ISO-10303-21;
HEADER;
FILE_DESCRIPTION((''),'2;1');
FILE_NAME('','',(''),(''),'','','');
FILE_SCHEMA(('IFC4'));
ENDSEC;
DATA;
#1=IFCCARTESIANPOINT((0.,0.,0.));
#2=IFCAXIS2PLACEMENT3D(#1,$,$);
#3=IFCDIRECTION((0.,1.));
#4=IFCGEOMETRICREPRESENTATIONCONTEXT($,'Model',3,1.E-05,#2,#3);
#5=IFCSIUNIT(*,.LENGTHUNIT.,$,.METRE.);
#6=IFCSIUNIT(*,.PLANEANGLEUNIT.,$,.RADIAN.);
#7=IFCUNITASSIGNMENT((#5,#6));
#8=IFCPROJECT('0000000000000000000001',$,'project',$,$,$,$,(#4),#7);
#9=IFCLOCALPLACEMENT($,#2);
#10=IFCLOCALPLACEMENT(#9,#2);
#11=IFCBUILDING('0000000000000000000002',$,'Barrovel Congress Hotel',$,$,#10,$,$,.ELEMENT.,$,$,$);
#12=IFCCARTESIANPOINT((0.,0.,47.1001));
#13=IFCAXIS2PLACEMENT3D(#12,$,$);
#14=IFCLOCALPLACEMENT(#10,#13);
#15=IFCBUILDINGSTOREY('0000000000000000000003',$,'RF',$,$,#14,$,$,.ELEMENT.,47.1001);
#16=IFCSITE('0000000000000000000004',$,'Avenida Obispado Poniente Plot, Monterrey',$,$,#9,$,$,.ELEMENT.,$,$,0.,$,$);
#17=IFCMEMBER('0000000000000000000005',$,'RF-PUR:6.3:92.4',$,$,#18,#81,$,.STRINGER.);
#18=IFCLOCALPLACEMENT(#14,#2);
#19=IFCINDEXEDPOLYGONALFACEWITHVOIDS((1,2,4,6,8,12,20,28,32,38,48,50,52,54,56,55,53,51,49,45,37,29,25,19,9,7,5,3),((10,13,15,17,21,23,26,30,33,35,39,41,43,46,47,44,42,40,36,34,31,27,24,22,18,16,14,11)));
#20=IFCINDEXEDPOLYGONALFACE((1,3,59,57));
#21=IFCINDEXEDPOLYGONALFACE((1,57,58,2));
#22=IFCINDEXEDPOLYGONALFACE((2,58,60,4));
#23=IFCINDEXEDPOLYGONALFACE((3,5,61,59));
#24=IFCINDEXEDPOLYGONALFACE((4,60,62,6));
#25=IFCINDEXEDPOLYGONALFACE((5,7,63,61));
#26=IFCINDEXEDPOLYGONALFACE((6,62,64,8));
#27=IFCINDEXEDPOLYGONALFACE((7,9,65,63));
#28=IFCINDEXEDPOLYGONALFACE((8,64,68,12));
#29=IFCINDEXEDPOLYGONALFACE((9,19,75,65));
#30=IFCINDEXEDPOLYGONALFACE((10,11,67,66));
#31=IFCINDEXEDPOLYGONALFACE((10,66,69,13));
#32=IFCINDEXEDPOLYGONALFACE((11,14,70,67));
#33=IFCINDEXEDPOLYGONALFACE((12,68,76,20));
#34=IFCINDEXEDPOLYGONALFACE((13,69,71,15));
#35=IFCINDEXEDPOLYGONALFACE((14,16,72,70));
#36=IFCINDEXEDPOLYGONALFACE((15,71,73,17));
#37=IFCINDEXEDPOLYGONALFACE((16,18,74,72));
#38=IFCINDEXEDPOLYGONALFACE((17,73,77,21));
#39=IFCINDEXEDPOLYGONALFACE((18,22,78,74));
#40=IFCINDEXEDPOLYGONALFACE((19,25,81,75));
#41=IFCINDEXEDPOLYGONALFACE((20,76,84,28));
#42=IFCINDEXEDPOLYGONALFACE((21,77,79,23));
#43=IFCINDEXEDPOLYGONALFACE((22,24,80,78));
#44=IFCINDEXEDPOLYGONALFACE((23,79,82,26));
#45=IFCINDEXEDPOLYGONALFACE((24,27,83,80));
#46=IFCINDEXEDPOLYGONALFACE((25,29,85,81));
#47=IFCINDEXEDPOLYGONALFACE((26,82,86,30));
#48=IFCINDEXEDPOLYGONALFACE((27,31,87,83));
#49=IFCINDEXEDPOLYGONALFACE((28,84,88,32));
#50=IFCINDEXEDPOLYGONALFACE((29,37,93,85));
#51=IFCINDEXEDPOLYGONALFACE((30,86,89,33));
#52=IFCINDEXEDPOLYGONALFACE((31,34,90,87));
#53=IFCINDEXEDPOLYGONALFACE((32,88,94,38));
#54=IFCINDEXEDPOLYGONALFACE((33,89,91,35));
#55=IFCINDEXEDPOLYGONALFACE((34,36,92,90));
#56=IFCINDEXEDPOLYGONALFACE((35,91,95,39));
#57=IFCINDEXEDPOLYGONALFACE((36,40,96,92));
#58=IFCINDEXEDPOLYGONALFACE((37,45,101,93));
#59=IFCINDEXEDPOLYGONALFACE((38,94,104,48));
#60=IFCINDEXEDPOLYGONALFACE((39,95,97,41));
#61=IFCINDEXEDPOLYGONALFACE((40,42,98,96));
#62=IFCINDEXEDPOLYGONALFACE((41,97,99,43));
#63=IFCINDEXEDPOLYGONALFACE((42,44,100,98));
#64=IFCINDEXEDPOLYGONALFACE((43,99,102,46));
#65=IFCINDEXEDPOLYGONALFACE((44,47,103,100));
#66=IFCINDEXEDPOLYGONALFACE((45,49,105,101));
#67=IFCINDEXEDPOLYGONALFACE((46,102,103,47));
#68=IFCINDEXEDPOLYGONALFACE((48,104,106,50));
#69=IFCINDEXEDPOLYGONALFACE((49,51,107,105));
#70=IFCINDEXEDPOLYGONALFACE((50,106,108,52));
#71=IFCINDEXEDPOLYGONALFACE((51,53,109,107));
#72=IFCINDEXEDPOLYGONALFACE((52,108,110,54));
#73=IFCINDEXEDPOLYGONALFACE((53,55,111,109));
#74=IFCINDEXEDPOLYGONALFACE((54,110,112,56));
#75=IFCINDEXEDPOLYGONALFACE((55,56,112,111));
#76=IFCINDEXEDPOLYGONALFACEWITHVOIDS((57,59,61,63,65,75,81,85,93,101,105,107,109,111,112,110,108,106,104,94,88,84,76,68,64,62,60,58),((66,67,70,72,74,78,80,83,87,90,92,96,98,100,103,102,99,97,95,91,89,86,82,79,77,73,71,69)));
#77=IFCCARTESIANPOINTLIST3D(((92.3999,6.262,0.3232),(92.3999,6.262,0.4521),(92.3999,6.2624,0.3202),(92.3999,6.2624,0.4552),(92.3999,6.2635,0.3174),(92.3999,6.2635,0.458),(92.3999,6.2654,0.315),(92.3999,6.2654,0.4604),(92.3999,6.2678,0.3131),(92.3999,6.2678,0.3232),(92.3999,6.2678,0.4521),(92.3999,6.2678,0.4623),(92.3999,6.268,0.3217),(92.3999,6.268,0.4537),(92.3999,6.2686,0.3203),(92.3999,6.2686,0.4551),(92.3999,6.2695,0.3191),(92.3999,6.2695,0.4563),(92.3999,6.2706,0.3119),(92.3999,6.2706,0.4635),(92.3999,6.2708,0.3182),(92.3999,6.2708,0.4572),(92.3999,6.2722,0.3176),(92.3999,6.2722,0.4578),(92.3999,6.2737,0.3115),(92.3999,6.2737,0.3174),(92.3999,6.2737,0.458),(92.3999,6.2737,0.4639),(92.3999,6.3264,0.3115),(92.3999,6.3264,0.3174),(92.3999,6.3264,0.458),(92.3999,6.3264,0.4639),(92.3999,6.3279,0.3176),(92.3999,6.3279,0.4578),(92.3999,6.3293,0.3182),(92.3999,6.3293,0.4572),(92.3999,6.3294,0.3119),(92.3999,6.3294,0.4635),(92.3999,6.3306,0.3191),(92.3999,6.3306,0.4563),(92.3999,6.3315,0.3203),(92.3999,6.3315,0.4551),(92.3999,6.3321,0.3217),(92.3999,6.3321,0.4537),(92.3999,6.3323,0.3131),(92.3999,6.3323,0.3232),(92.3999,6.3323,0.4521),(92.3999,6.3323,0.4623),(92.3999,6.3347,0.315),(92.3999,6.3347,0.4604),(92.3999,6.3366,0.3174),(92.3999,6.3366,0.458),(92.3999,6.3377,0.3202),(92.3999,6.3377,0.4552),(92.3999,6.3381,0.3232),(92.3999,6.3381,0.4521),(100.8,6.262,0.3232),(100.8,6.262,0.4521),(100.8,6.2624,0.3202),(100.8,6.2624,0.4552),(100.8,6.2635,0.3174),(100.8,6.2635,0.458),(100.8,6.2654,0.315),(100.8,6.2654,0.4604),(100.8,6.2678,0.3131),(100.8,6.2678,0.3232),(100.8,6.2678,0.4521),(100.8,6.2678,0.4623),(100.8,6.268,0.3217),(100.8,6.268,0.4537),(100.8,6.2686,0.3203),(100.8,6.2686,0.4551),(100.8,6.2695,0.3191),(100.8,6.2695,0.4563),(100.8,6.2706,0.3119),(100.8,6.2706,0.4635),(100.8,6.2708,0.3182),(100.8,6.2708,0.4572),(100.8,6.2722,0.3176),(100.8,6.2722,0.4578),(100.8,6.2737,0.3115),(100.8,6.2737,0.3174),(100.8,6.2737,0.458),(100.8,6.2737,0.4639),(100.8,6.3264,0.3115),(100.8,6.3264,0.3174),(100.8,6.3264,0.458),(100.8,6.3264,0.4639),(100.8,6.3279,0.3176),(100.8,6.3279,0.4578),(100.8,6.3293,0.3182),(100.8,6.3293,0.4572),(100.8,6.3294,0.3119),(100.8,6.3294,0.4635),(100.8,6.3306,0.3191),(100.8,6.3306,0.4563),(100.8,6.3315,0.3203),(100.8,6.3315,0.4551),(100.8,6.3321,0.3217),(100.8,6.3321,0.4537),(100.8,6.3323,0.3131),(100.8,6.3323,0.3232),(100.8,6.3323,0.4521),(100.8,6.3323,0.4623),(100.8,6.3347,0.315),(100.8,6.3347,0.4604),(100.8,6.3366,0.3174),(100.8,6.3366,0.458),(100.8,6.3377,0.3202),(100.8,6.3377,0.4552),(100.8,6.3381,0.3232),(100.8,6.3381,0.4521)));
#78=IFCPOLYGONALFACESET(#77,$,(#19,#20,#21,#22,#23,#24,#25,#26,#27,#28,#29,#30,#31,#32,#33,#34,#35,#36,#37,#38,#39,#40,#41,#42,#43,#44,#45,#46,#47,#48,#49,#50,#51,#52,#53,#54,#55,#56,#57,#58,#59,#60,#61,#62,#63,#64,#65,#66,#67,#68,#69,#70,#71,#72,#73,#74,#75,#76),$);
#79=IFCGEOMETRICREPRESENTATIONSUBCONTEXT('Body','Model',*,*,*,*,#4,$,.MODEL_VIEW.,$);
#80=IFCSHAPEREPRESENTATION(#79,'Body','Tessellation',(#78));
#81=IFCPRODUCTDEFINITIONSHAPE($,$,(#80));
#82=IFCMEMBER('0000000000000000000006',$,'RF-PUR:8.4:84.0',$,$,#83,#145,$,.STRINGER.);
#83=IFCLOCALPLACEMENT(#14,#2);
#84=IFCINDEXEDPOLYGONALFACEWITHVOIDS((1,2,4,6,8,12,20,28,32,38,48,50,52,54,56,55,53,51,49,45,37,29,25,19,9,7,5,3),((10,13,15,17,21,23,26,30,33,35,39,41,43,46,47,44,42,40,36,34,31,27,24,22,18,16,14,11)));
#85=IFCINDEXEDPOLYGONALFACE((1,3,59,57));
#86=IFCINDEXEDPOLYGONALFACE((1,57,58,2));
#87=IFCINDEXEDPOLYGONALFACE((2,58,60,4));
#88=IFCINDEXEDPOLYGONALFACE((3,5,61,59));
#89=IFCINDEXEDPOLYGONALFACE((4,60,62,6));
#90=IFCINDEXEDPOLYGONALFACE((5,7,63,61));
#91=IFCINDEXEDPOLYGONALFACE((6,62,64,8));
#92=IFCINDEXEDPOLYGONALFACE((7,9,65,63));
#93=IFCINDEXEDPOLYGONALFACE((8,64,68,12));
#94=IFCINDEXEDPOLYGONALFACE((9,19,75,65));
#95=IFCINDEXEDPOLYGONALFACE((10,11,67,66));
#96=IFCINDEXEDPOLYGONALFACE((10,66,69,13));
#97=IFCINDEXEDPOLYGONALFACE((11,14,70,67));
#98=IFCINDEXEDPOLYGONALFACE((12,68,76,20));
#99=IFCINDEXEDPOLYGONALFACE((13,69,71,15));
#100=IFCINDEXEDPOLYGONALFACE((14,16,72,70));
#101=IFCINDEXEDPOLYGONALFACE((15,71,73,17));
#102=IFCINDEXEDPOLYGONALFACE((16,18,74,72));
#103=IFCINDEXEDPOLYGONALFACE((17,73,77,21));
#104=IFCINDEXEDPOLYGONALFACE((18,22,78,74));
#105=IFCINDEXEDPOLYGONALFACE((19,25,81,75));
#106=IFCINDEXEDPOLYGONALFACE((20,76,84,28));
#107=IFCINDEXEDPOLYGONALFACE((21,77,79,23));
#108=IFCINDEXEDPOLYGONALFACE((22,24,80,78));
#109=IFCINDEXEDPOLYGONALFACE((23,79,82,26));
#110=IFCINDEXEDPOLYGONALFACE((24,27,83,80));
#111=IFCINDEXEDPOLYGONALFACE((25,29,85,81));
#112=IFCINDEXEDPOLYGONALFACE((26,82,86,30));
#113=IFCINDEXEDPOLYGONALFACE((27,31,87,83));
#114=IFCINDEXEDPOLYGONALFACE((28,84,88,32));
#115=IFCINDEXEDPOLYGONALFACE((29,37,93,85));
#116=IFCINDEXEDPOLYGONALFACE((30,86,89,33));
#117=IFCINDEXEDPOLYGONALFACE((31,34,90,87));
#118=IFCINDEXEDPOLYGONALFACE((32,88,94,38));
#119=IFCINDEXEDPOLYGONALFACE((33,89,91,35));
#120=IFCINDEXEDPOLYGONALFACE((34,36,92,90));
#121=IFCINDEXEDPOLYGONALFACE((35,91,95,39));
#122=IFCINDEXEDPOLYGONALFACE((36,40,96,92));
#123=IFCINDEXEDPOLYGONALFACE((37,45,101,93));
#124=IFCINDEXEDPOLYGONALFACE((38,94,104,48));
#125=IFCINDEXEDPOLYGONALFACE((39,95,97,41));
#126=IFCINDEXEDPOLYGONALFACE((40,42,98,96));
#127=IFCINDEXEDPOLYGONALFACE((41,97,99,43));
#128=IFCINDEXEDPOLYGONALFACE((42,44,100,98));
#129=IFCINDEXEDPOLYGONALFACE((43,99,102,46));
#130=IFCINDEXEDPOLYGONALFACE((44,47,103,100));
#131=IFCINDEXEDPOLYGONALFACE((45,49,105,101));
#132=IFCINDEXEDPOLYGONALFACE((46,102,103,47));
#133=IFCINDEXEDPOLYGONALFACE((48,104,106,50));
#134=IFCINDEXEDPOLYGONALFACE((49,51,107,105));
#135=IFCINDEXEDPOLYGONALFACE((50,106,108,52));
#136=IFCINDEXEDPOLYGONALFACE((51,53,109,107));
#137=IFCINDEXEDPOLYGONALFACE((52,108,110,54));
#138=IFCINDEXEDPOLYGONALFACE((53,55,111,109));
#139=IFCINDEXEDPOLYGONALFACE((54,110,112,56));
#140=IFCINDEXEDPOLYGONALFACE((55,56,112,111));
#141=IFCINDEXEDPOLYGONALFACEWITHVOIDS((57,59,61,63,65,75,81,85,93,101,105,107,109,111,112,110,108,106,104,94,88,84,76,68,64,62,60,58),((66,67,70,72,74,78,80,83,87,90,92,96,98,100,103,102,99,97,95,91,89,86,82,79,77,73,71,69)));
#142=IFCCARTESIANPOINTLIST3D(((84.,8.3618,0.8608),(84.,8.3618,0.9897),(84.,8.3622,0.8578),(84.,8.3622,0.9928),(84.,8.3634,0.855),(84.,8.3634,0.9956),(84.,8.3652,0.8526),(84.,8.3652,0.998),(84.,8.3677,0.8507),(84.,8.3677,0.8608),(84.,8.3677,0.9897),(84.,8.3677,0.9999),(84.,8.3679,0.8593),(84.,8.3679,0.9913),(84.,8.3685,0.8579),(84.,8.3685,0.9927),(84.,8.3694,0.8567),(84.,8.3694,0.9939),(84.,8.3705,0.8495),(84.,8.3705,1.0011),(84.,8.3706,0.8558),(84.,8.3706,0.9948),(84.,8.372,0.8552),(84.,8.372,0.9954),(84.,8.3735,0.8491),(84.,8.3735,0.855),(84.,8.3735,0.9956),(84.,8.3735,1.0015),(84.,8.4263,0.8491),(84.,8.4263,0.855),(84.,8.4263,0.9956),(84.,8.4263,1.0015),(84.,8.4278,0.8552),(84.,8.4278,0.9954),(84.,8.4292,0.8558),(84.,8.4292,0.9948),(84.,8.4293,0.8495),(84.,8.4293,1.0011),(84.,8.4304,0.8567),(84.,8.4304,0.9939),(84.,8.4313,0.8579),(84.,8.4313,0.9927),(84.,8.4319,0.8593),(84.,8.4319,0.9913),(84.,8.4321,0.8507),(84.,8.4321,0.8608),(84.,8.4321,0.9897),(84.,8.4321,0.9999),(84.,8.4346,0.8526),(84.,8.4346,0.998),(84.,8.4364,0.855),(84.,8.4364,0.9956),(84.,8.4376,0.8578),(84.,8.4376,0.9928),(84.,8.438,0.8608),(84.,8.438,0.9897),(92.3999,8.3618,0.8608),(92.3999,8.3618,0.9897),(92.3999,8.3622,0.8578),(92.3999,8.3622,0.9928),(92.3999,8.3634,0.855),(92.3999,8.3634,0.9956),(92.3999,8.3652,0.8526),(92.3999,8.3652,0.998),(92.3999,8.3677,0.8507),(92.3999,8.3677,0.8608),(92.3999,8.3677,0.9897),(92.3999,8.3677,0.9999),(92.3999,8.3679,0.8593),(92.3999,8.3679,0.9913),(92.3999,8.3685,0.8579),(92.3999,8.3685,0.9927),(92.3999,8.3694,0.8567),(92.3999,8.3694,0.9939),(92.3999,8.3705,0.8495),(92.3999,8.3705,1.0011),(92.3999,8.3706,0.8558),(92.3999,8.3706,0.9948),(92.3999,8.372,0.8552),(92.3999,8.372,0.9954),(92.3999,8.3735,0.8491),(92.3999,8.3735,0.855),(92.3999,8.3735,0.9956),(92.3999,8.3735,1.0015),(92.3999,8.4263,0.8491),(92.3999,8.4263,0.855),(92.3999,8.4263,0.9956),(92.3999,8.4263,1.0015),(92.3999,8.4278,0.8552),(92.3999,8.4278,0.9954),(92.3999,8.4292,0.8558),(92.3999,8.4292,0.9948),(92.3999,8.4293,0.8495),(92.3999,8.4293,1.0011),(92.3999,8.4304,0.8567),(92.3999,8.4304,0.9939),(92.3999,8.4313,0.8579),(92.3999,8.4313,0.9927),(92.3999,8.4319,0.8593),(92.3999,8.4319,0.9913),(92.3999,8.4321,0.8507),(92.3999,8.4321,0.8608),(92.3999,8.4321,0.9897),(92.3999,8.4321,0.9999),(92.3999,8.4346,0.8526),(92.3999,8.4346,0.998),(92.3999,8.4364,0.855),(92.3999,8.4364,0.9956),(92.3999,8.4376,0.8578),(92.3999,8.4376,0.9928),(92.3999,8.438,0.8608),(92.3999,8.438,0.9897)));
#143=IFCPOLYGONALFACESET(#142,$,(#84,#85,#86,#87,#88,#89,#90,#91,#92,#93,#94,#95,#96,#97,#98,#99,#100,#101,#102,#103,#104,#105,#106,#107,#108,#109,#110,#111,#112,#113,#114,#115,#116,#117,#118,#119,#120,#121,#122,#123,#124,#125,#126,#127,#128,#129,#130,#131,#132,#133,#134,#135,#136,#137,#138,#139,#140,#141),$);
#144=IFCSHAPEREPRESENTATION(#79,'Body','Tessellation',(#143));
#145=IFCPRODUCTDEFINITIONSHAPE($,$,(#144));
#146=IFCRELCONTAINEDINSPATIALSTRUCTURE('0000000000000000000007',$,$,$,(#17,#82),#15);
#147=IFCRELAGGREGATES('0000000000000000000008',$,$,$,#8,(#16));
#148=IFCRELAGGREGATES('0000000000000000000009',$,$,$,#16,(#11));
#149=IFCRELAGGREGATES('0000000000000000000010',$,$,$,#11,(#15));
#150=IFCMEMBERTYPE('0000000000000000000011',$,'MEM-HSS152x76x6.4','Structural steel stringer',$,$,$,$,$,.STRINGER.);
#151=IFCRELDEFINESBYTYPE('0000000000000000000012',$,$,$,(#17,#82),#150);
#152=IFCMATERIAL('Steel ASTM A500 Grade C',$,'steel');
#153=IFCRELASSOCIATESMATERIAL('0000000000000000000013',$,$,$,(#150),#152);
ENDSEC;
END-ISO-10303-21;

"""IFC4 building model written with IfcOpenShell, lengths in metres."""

from ifc_helpers import new_model, si_unit, direction, frame, origin, origin_2d, place, context, subcontext, project, spatial, hollow_rectangle, extrude, material, material_profile, profile_set, type_object, element, save


model = new_model("IFC4")

# Units and contexts
model_context = context("Model", 3, precision=1e-05, world=origin(), true_north=direction((0.0, 1.0)))
body_context = subcontext(model_context, "Body", "Model", "MODEL_VIEW")
ifc_project = project(units=[si_unit("LENGTHUNIT", "METRE"), si_unit("PLANEANGLEUNIT", "RADIAN")], contexts=[model_context])

# Site, building, storey
site_placement = place(None, origin())
site = spatial("IfcSite", under=ifc_project, at=site_placement, Name="Avenida Obispado Poniente Plot, Monterrey", CompositionType="ELEMENT", RefElevation=0.0)
building_placement = place(site_placement, origin())
building = spatial("IfcBuilding", under=site, at=building_placement, Name="Barrovel Congress Hotel", CompositionType="ELEMENT")
storey_placement = place(building_placement, frame((0.0, 0.0, 47.1001)))
storey = spatial("IfcBuildingStorey", under=building, at=storey_placement, Name="RF", CompositionType="ELEMENT", Elevation=47.1001)

# Members
ifc_material_1 = material(Name="Steel ASTM A500 Grade C", Category="steel")
ifc_material_profile_1 = material_profile(ifc_material_1, hollow_rectangle(XDim=0.0762, YDim=0.1523, WallThickness=0.0059, InnerFilletRadius=0.0059, OuterFilletRadius=0.0117, at=origin_2d()), Name="HSS152x76x6.4")
ifc_profile_set_1 = profile_set([ifc_material_profile_1], Name="Steel ASTM A500 Grade C")
member_type_1 = type_object("IfcMemberType", Name="MEM-HSS152x76x6.4", Description="Structural steel stringer", PredefinedType="STRINGER", material=ifc_profile_set_1)
member_1_placement = place(storey_placement, frame((92.3999, 6.3, 0.3877), z_axis=(1.0, 0.0, 0.0), x_axis=(0.0, 1.0, 0.0)))
element("IfcMember", 1, at=member_1_placement, inside=storey, type_object=member_type_1, Name="RF-PUR:6.3:92.4", PredefinedType="STRINGER", context=body_context, shape_type="SweptSolid", body=[
    extrude(hollow_rectangle(XDim=0.0762, YDim=0.1523, WallThickness=0.0059, InnerFilletRadius=0.0059, OuterFilletRadius=0.0117, at=origin_2d()), origin(), (0.0, 0.0, 1.0), 8.4001),
])
member_2_placement = place(storey_placement, frame((84.0, 8.3999, 0.9253), z_axis=(1.0, 0.0, 0.0), x_axis=(0.0, 1.0, 0.0)))
element("IfcMember", 2, at=member_2_placement, inside=storey, type_object=member_type_1, Name="RF-PUR:8.4:84.0", PredefinedType="STRINGER", context=body_context, shape_type="SweptSolid", body=[
    extrude(hollow_rectangle(XDim=0.0762, YDim=0.1523, WallThickness=0.0059, InnerFilletRadius=0.0059, OuterFilletRadius=0.0117, at=origin_2d()), origin(), (0.0, 0.0, 1.0), 8.3999),
])

save(model, "model.ifc")
